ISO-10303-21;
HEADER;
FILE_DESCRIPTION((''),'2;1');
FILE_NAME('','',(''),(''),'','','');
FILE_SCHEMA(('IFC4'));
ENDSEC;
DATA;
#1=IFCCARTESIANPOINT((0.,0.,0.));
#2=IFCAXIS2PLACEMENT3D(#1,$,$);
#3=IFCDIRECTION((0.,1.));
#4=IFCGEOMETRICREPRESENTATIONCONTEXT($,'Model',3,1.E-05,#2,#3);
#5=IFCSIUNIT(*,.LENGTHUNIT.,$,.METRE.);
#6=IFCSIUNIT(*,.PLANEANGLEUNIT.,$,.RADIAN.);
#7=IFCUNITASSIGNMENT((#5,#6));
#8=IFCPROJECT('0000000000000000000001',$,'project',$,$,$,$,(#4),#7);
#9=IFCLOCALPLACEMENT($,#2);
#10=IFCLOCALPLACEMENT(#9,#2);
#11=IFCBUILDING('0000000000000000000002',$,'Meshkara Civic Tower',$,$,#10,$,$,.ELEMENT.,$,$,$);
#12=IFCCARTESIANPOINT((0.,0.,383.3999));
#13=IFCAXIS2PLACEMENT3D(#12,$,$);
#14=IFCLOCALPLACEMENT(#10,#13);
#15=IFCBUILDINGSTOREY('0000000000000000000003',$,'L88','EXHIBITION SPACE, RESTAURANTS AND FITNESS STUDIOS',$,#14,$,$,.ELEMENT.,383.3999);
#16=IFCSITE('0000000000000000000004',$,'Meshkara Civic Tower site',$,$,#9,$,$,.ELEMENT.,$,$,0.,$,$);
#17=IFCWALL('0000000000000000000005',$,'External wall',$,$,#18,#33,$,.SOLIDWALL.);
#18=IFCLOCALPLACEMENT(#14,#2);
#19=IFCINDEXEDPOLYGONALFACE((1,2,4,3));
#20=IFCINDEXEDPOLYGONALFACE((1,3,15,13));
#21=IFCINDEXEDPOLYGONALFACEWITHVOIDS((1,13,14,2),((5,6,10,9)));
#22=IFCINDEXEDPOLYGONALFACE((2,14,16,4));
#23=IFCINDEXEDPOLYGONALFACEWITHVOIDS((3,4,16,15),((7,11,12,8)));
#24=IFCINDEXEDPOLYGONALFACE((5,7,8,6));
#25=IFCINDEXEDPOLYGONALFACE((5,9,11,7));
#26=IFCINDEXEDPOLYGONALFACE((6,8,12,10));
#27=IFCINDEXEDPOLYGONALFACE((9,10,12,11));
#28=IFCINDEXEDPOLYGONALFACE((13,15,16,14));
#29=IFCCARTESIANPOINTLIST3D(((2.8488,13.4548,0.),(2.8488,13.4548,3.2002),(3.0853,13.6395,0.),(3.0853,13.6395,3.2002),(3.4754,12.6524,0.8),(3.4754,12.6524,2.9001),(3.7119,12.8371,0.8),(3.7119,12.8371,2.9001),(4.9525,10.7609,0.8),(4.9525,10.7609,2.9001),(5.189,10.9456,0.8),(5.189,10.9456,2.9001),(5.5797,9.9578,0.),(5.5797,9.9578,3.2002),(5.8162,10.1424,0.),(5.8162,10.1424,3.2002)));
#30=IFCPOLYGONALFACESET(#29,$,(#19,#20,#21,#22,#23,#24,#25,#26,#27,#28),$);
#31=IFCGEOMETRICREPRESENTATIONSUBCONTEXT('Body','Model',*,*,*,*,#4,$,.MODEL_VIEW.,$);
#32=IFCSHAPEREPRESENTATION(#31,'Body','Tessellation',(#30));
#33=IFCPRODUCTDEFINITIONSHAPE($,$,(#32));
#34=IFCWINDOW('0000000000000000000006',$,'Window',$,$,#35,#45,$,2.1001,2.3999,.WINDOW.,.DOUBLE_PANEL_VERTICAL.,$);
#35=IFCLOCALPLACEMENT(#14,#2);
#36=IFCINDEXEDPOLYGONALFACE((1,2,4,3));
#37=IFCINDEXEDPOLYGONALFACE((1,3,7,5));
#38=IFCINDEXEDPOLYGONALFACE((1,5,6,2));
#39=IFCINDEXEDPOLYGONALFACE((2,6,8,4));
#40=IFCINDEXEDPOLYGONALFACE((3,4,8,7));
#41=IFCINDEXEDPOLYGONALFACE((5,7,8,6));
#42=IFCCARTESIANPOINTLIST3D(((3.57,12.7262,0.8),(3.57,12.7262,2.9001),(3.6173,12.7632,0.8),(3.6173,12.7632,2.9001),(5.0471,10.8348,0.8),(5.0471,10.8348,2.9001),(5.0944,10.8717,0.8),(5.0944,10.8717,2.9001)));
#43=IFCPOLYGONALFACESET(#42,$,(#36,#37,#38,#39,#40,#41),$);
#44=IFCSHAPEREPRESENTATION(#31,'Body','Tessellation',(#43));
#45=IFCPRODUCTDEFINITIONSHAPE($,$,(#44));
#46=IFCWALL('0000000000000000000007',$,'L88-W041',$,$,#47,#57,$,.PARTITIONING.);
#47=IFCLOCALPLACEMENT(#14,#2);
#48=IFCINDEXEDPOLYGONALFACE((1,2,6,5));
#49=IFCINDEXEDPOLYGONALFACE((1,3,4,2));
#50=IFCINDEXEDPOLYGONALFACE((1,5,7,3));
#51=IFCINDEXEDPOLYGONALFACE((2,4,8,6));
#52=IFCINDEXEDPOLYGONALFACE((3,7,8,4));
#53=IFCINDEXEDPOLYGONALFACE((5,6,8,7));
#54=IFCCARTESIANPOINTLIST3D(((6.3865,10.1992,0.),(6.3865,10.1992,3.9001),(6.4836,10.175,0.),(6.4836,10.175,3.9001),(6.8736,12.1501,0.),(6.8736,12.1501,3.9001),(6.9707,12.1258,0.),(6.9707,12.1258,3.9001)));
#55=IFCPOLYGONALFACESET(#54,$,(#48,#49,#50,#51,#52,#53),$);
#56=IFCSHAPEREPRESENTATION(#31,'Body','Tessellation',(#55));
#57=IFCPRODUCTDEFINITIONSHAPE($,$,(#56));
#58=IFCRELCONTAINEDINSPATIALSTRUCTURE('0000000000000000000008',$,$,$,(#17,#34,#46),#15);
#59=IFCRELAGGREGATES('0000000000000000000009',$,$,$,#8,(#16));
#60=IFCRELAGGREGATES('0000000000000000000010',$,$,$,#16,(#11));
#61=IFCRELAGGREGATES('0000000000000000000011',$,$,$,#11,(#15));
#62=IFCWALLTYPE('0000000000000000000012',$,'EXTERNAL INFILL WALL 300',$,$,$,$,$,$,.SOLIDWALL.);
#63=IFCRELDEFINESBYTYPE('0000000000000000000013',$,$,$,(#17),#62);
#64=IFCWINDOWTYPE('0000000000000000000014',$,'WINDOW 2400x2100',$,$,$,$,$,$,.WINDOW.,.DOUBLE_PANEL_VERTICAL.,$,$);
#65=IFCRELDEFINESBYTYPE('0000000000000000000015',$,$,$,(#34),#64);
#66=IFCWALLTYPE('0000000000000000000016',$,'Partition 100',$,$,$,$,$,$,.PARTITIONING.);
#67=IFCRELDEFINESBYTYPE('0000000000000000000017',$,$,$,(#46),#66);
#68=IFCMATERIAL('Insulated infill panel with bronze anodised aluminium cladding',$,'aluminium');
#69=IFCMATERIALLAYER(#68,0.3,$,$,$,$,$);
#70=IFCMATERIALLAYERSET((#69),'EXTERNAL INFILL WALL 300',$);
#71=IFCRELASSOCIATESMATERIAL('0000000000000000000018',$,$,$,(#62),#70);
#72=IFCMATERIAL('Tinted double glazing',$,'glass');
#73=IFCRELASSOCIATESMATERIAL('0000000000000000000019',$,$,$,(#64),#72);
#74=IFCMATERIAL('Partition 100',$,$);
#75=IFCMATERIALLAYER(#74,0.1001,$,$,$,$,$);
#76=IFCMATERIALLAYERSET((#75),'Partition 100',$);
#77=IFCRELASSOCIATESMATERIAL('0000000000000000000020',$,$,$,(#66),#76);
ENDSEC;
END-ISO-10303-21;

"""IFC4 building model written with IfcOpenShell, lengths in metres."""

from ifc_helpers import new_model, si_unit, direction, frame, frame_2d, origin, place, context, subcontext, project, spatial, rectangle, extrude, material, layer, layer_set, type_object, element, fill, save


model = new_model("IFC4")

# Units and contexts
model_context = context("Model", 3, precision=1e-05, world=origin(), true_north=direction((0.0, 1.0)))
body_context = subcontext(model_context, "Body", "Model", "MODEL_VIEW")
ifc_project = project(units=[si_unit("LENGTHUNIT", "METRE"), si_unit("PLANEANGLEUNIT", "RADIAN")], contexts=[model_context])

# Site, building, storey
site_placement = place(None, origin())
site = spatial("IfcSite", under=ifc_project, at=site_placement, Name="Meshkara Civic Tower site", CompositionType="ELEMENT", RefElevation=0.0)
building_placement = place(site_placement, origin())
building = spatial("IfcBuilding", under=site, at=building_placement, Name="Meshkara Civic Tower", CompositionType="ELEMENT")
storey_placement = place(building_placement, frame((0.0, 0.0, 383.3999)))
storey = spatial("IfcBuildingStorey", under=building, at=storey_placement, Name="L88", Description="EXHIBITION SPACE, RESTAURANTS AND FITNESS STUDIOS", CompositionType="ELEMENT", Elevation=383.3999)

# Wall, opening, window
ifc_material_1 = material(Name="Insulated infill panel with bronze anodised aluminium cladding", Category="aluminium")
ifc_layer_1 = layer(ifc_material_1, 0.3)
ifc_layer_set_1 = layer_set([ifc_layer_1], Name="EXTERNAL INFILL WALL 300")
wall_type_1 = type_object("IfcWallType", Name="EXTERNAL INFILL WALL 300", PredefinedType="SOLIDWALL", material=ifc_layer_set_1)
ifc_material_2 = material(Name="Tinted double glazing", Category="glass")
window_type_1 = type_object("IfcWindowType", Name="WINDOW 2400x2100", PartitioningType="DOUBLE_PANEL_VERTICAL", PredefinedType="WINDOW", material=ifc_material_2)
wall_1_placement = place(storey_placement, frame((2.967, 13.5471, 0.0), z_axis=(0.0, 0.0, 1.0), x_axis=(0.615486, -0.788148, 0.0)))
wall_1 = element("IfcWall", 1, at=wall_1_placement, inside=storey, type_object=wall_type_1, Name="External wall", PredefinedType="SOLIDWALL", context=body_context, shape_type="SweptSolid", body=[
    extrude(rectangle(XDim=4.437, YDim=0.3, at=frame_2d((2.2185, 0.0))), origin(), (0.0, 0.0, 1.0), 3.2002),
])
opening_1_placement = place(wall_1_placement, frame((1.0181, 0.0, 0.8)))
opening_1 = element("IfcOpeningElement", 2, at=opening_1_placement, cuts=wall_1, PredefinedType="OPENING", context=body_context, shape_type="SweptSolid", body=[
    extrude(rectangle(XDim=2.3999, YDim=2.1001, at=frame_2d((1.2, 1.05))), frame((0.0, 0.1599, 0.0), z_axis=(0.0, -1.0, 0.0), x_axis=(1.0, 0.0, 0.0)), (0.0, 0.0, 1.0), 0.3201),
])
window_1_placement = place(opening_1_placement, origin())
window_1 = element("IfcWindow", 3, at=window_1_placement, inside=storey, type_object=window_type_1, Name="Window", OverallHeight=2.1001, OverallWidth=2.3999, PartitioningType="DOUBLE_PANEL_VERTICAL", PredefinedType="WINDOW", context=body_context, shape_type="SweptSolid", body=[
    extrude(rectangle(XDim=2.3999, YDim=2.1001, at=frame_2d((1.2, 1.05))), frame((0.0, 0.03, 0.0), z_axis=(0.0, -1.0, 0.0), x_axis=(1.0, 0.0, 0.0)), (0.0, 0.0, 1.0), 0.0601),
])
fill(opening_1, window_1)

# Wall
ifc_material_3 = material(Name="Partition 100")
ifc_layer_2 = layer(ifc_material_3, 0.1001)
ifc_layer_set_2 = layer_set([ifc_layer_2], Name="Partition 100")
wall_type_2 = type_object("IfcWallType", Name="Partition 100", PredefinedType="PARTITIONING", material=ifc_layer_set_2)
wall_2_placement = place(storey_placement, frame((6.9221, 12.1379, 0.0), z_axis=(0.0, 0.0, 1.0), x_axis=(-0.242221, -0.970221, 0.0)))
element("IfcWall", 4, at=wall_2_placement, inside=storey, type_object=wall_type_2, Name="L88-W041", PredefinedType="PARTITIONING", context=body_context, shape_type="SweptSolid", body=[
    extrude(rectangle(XDim=2.0107, YDim=0.1001, at=frame_2d((1.0054, 0.0))), origin(), (0.0, 0.0, 1.0), 3.9001),
])

save(model, "model.ifc")
